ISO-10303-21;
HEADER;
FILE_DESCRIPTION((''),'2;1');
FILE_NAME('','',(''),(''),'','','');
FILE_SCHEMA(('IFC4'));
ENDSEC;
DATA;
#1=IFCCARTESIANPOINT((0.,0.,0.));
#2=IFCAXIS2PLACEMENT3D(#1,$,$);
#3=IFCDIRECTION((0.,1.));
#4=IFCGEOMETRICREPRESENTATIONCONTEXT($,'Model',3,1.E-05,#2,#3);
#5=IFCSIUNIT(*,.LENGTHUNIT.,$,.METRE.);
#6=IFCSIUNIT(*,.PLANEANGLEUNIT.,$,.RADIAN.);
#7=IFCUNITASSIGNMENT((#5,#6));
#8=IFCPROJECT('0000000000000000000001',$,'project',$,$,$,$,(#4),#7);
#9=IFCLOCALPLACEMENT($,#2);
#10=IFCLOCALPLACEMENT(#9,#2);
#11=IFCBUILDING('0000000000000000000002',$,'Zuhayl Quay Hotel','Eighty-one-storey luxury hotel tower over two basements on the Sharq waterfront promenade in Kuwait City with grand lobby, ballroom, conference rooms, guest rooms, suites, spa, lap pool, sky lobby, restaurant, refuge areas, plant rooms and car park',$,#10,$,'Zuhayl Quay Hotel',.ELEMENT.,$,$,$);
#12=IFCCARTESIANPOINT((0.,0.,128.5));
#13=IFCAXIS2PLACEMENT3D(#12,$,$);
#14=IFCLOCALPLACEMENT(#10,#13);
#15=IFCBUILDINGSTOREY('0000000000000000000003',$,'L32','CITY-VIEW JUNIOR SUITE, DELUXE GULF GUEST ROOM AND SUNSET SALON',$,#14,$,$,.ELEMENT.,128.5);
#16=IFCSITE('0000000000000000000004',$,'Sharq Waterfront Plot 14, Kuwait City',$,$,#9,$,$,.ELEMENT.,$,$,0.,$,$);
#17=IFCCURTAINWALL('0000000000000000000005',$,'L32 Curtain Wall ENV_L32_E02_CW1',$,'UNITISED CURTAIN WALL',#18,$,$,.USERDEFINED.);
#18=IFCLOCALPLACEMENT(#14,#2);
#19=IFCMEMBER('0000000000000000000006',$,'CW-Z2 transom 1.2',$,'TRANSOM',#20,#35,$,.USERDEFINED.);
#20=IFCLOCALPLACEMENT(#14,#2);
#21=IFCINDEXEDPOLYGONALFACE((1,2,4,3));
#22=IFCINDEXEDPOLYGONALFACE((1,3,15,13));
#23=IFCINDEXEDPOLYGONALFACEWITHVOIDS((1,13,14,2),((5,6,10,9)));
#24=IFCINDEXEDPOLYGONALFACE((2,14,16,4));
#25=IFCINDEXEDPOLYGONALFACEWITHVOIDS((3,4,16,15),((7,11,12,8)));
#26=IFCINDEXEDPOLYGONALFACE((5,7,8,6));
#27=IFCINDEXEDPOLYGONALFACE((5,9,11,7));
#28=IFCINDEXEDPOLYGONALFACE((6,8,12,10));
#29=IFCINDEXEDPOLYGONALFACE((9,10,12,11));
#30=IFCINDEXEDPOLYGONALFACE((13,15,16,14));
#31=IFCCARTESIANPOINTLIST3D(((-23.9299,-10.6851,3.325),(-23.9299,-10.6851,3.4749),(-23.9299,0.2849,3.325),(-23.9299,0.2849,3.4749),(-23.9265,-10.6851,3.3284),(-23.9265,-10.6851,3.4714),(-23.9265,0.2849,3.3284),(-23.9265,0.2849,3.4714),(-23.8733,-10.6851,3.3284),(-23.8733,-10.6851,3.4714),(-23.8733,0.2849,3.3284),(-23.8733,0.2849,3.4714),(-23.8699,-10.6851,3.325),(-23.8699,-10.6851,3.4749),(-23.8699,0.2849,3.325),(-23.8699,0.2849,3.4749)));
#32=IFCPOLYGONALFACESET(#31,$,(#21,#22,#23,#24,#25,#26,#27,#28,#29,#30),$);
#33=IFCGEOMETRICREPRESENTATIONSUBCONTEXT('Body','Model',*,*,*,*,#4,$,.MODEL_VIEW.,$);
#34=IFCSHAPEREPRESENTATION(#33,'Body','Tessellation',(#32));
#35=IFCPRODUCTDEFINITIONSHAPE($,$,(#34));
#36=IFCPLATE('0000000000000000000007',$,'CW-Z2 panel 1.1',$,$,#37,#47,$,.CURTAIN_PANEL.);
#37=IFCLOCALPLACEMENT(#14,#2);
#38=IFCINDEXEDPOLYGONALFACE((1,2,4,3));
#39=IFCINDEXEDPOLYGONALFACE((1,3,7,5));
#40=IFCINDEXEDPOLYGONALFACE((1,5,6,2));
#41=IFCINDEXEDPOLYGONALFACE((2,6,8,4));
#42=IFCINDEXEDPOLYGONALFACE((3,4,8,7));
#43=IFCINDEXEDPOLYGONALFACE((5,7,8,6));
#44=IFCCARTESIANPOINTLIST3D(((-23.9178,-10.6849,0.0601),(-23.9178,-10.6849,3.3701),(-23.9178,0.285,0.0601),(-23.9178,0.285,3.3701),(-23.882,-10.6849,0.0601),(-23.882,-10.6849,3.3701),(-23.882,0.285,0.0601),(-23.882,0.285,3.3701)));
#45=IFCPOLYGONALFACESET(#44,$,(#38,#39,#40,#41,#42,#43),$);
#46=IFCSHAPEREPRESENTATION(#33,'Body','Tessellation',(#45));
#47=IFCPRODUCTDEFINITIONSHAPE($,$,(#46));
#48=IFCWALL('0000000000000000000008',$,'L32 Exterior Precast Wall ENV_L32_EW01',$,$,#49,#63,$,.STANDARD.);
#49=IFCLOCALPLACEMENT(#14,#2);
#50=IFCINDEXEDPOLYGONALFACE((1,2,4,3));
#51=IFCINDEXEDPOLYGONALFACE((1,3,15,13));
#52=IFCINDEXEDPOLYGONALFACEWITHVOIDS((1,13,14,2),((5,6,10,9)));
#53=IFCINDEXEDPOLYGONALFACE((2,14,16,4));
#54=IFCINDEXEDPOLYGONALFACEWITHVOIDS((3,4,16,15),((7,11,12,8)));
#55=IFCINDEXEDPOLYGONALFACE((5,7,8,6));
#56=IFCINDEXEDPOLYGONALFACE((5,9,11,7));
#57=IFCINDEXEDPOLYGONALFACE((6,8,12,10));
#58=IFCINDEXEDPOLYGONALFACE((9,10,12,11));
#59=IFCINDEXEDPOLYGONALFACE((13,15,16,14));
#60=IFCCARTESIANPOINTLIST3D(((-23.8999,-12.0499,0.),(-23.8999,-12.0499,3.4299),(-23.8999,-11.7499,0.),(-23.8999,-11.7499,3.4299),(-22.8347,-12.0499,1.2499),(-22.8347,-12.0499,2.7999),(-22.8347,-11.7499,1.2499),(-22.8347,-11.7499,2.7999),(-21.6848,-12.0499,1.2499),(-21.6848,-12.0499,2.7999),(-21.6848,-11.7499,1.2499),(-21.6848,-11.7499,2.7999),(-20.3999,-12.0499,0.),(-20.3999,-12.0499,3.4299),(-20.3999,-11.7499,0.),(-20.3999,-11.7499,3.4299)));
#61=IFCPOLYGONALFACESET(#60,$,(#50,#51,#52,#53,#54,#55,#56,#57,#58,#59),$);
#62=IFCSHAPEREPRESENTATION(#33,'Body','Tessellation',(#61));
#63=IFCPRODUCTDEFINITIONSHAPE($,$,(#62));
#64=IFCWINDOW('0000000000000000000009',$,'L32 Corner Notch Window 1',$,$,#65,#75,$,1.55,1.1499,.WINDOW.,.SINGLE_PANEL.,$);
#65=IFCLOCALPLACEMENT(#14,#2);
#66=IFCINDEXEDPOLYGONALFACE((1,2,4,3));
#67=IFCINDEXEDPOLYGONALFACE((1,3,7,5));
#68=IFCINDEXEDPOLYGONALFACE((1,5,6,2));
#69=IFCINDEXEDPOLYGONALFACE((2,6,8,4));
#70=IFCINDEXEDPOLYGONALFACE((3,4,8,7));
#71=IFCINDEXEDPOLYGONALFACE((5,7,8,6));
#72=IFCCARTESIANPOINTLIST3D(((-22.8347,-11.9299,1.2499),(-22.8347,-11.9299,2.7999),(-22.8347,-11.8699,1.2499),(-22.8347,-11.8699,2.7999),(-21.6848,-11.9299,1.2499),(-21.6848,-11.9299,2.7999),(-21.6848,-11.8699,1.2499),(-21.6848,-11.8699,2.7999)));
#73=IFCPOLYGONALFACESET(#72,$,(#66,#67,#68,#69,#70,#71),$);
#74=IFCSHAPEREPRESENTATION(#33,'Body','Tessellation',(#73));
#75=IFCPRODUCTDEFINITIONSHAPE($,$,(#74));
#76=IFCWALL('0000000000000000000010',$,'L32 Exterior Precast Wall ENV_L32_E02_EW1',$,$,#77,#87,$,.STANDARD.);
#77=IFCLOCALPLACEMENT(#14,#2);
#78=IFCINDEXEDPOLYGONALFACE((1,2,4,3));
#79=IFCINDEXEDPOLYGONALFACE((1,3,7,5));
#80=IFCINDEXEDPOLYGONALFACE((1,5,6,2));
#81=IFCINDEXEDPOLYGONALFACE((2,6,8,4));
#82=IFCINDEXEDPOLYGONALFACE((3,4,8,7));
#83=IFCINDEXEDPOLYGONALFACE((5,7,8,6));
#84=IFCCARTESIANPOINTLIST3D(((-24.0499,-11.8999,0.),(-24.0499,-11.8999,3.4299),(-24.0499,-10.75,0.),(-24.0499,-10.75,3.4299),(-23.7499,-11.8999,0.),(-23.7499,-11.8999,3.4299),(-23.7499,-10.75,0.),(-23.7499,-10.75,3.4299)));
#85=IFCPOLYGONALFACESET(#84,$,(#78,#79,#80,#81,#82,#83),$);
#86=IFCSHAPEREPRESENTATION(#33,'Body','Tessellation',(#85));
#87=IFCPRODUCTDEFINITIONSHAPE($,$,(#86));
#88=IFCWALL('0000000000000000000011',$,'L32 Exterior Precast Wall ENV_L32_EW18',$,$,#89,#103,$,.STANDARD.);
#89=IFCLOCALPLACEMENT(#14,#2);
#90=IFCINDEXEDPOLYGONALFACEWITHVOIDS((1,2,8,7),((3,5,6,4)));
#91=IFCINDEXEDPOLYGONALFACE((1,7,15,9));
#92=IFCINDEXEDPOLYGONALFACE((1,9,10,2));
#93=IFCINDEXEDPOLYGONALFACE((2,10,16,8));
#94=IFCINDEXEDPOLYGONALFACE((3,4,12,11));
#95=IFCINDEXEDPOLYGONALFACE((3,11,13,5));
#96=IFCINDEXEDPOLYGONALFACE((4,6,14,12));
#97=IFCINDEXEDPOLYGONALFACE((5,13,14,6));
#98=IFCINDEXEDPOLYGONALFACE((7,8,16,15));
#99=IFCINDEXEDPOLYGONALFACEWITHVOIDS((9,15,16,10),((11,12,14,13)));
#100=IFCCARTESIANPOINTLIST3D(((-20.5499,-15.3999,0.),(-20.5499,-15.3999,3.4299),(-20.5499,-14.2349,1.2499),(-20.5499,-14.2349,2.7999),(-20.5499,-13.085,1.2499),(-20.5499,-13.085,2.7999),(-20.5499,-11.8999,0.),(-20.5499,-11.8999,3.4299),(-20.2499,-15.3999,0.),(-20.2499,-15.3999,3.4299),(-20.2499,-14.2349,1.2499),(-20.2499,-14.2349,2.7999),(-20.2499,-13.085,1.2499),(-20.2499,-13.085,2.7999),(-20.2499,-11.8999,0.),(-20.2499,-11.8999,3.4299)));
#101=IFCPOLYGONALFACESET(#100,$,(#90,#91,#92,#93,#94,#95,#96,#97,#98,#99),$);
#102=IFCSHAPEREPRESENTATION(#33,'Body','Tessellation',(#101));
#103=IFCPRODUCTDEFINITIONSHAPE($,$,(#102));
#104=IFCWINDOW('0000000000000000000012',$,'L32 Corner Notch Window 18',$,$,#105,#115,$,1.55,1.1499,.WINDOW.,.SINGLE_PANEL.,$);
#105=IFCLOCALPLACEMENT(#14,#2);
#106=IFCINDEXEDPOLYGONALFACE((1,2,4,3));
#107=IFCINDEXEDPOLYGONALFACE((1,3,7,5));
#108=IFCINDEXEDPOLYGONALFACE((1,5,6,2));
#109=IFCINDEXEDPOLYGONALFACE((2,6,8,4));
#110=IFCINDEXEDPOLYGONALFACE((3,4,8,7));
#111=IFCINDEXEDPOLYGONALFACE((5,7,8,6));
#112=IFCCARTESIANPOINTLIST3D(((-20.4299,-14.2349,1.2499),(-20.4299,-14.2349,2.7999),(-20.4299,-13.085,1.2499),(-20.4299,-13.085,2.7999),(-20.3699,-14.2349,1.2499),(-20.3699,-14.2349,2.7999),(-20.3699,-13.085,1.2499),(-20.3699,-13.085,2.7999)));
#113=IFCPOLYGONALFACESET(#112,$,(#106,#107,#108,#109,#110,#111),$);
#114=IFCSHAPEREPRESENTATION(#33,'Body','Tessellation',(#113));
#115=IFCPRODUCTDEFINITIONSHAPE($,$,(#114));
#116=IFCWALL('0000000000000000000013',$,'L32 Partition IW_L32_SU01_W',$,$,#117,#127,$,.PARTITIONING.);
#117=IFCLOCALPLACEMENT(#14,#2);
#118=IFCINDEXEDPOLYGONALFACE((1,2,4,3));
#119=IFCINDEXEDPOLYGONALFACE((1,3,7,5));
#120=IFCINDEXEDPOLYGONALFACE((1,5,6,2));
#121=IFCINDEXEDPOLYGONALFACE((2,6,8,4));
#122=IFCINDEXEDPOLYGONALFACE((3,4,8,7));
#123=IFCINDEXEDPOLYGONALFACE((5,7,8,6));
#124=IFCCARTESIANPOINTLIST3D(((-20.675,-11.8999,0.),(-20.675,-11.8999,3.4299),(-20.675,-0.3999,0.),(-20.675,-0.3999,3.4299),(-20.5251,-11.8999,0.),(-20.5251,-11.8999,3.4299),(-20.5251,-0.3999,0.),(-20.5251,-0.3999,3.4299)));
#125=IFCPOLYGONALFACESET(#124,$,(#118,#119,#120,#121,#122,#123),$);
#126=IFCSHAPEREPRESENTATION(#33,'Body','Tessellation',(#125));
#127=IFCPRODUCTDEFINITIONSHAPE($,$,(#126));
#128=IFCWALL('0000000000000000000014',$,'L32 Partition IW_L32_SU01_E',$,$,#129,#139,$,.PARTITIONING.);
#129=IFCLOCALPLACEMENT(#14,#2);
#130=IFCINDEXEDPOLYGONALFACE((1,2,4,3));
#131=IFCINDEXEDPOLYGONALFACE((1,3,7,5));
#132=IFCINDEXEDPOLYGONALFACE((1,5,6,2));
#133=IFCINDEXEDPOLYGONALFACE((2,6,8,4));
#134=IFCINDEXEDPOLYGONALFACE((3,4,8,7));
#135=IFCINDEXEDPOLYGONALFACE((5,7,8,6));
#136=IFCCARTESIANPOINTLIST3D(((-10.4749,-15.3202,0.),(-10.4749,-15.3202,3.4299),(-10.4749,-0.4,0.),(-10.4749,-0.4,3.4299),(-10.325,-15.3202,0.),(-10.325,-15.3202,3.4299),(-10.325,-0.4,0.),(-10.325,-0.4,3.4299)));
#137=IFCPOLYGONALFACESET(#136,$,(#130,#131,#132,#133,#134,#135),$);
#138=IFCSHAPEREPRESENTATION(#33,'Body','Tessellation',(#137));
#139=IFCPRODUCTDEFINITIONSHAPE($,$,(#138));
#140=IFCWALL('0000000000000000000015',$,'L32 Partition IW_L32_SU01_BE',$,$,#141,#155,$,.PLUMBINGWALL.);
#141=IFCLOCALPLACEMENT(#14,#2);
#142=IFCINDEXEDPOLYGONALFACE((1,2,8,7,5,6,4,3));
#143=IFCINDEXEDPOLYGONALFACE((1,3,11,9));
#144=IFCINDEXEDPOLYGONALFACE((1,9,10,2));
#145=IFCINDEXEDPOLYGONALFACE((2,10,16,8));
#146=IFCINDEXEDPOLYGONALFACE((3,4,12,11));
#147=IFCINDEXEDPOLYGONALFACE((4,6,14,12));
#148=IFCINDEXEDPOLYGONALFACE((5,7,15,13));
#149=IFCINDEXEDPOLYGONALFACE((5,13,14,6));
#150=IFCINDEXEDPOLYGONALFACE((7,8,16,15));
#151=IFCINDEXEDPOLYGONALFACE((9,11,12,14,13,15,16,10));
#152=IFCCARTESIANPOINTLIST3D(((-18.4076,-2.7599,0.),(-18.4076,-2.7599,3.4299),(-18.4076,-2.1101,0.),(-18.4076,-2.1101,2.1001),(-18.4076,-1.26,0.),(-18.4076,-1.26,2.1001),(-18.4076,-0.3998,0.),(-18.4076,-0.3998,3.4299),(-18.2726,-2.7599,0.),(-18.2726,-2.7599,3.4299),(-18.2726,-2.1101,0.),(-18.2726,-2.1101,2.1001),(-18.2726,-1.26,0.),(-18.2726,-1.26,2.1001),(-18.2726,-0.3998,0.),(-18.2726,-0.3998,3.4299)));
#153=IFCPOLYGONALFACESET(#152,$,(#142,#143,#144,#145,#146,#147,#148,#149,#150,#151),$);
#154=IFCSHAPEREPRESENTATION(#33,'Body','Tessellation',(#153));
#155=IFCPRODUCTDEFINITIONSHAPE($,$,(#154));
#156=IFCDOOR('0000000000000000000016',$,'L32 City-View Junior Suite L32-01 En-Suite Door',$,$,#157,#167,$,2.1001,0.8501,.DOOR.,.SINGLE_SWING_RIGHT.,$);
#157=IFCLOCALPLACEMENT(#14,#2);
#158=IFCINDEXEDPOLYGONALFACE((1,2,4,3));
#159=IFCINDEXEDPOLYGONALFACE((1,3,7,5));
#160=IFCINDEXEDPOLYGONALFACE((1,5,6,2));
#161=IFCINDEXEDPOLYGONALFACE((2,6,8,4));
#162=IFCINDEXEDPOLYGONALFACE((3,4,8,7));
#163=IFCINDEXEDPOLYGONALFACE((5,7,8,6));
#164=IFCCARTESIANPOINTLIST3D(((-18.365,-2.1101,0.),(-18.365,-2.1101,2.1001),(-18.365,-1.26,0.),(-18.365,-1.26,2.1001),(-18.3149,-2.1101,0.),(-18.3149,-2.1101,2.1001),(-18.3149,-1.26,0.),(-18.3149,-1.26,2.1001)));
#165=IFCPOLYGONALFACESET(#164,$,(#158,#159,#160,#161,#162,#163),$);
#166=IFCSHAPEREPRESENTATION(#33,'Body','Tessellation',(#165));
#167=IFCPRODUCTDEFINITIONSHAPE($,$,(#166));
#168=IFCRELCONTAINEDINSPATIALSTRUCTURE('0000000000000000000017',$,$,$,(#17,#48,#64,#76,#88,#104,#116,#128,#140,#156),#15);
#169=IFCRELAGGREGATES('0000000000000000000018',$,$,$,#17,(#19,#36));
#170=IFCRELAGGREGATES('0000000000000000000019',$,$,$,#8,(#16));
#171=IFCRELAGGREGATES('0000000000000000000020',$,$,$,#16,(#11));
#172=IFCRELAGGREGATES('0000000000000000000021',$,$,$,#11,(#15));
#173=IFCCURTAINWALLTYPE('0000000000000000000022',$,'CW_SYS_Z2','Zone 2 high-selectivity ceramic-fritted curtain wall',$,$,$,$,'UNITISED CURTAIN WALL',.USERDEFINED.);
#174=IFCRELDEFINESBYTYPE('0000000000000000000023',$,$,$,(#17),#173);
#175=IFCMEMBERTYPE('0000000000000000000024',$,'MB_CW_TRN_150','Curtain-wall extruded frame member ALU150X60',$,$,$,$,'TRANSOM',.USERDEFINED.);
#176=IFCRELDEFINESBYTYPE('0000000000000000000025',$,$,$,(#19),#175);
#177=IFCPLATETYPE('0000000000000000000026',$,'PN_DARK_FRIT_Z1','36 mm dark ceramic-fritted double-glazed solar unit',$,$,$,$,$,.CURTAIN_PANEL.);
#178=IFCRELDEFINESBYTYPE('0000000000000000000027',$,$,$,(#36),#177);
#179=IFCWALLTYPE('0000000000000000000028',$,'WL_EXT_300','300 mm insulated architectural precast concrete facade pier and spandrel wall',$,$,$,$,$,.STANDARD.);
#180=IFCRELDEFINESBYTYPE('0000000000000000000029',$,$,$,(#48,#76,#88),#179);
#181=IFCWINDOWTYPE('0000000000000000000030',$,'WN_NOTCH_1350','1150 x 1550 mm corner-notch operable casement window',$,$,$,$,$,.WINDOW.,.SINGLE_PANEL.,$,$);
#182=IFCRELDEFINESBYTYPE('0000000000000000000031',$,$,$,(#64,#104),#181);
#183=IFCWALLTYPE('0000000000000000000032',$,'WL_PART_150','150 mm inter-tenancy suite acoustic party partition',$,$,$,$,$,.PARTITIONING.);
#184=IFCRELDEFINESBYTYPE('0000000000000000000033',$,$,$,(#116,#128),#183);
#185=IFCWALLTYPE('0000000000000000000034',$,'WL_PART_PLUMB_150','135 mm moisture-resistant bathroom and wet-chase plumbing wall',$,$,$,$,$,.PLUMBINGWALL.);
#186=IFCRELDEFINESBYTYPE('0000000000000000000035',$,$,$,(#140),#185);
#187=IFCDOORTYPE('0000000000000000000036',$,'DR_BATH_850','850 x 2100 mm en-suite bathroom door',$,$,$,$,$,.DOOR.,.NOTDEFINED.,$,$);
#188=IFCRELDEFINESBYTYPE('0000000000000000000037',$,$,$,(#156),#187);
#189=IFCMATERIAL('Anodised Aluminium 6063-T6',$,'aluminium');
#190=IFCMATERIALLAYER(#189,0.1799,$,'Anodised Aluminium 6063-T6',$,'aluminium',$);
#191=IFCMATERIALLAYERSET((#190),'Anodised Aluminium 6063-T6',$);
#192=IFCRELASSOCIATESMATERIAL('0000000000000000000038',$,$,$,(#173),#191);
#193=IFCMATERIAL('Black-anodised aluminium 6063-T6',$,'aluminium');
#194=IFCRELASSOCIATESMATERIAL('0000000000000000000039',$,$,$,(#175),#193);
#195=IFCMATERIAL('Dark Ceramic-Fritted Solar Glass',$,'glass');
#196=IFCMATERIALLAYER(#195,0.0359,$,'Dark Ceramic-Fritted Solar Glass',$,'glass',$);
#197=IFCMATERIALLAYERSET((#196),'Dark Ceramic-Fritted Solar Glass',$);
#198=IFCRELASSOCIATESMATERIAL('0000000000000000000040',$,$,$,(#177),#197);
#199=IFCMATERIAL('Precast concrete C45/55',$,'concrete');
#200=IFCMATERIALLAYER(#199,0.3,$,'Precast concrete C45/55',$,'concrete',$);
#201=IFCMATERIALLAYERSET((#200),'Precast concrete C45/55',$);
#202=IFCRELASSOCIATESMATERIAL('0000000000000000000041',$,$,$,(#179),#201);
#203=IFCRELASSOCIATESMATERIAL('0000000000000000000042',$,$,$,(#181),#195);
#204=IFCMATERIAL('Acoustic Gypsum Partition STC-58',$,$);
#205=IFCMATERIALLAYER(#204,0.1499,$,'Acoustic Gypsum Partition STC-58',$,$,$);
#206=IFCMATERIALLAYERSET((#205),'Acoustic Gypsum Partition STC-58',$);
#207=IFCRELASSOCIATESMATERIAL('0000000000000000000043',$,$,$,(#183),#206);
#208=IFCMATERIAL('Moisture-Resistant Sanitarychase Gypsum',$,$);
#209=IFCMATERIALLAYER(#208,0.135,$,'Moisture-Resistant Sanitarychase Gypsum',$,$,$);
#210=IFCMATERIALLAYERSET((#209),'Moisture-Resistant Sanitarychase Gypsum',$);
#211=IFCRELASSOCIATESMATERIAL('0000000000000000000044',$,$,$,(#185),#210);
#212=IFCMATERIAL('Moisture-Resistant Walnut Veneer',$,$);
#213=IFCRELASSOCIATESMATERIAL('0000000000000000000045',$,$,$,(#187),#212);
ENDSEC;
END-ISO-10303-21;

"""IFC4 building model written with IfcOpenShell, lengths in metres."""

from ifc_helpers import new_model, si_unit, direction, frame, frame_2d, origin, origin_2d, place, context, subcontext, project, spatial, rectangle, hollow_rectangle, extrude, material, layer, layer_set, material_profile, profile_set, type_object, element, fill, aggregate, save


model = new_model("IFC4")

# Units and contexts
model_context = context("Model", 3, precision=1e-05, world=origin(), true_north=direction((0.0, 1.0)))
body_context = subcontext(model_context, "Body", "Model", "MODEL_VIEW")
ifc_project = project(units=[si_unit("LENGTHUNIT", "METRE"), si_unit("PLANEANGLEUNIT", "RADIAN")], contexts=[model_context])

# Site, building, storey
site_placement = place(None, origin())
site = spatial("IfcSite", under=ifc_project, at=site_placement, Name="Sharq Waterfront Plot 14, Kuwait City", CompositionType="ELEMENT", RefElevation=0.0)
building_placement = place(site_placement, origin())
building = spatial("IfcBuilding", under=site, at=building_placement, Name="Zuhayl Quay Hotel", Description="Eighty-one-storey luxury hotel tower over two basements on the Sharq waterfront promenade in Kuwait City with grand lobby, ballroom, conference rooms, guest rooms, suites, spa, lap pool, sky lobby, restaurant, refuge areas, plant rooms and car park", LongName="Zuhayl Quay Hotel", CompositionType="ELEMENT")
storey_placement = place(building_placement, frame((0.0, 0.0, 128.5)))
storey = spatial("IfcBuildingStorey", under=building, at=storey_placement, Name="L32", Description="CITY-VIEW JUNIOR SUITE, DELUXE GULF GUEST ROOM AND SUNSET SALON", CompositionType="ELEMENT", Elevation=128.5)

# Curtain wall, member, plate
ifc_material_1 = material(Name="Anodised Aluminium 6063-T6", Category="aluminium")
ifc_layer_1 = layer(ifc_material_1, 0.1799, Name="Anodised Aluminium 6063-T6", Category="aluminium")
ifc_layer_set_1 = layer_set([ifc_layer_1], Name="Anodised Aluminium 6063-T6")
curtain_wall_type = type_object("IfcCurtainWallType", Name="CW_SYS_Z2", Description="Zone 2 high-selectivity ceramic-fritted curtain wall", ElementType="UNITISED CURTAIN WALL", PredefinedType="USERDEFINED", material=ifc_layer_set_1)
curtain_wall_placement = place(storey_placement, origin())
curtain_wall = element("IfcCurtainWall", 1, at=curtain_wall_placement, inside=storey, type_object=curtain_wall_type, Name="L32 Curtain Wall ENV_L32_E02_CW1", ObjectType="UNITISED CURTAIN WALL", PredefinedType="USERDEFINED")
ifc_material_2 = material(Name="Black-anodised aluminium 6063-T6", Category="aluminium")
ifc_material_profile_1 = material_profile(ifc_material_2, hollow_rectangle(XDim=0.0601, YDim=0.1499, WallThickness=0.0034, at=origin_2d()), Name="ALU150X60")
ifc_profile_set_1 = profile_set([ifc_material_profile_1], Name="Black-anodised aluminium 6063-T6")
member_type_1 = type_object("IfcMemberType", Name="MB_CW_TRN_150", Description="Curtain-wall extruded frame member ALU150X60", ElementType="TRANSOM", PredefinedType="USERDEFINED", material=ifc_profile_set_1)
member_1_placement = place(storey_placement, frame((-23.8999, -10.6851, 3.3999), z_axis=(0.0, 1.0, 0.0), x_axis=(-1.0, 0.0, 0.0)))
member_1 = element("IfcMember", 2, at=member_1_placement, type_object=member_type_1, Name="CW-Z2 transom 1.2", ObjectType="TRANSOM", PredefinedType="USERDEFINED", context=body_context, shape_type="SweptSolid", body=[
    extrude(hollow_rectangle(XDim=0.0601, YDim=0.1499, WallThickness=0.0034, at=origin_2d()), origin(), (0.0, 0.0, 1.0), 10.97),
])
ifc_material_3 = material(Name="Dark Ceramic-Fritted Solar Glass", Category="glass")
ifc_layer_2 = layer(ifc_material_3, 0.0359, Name="Dark Ceramic-Fritted Solar Glass", Category="glass")
ifc_layer_set_2 = layer_set([ifc_layer_2], Name="Dark Ceramic-Fritted Solar Glass")
plate_type = type_object("IfcPlateType", Name="PN_DARK_FRIT_Z1", Description="36 mm dark ceramic-fritted double-glazed solar unit", PredefinedType="CURTAIN_PANEL", material=ifc_layer_set_2)
plate_placement = place(storey_placement, frame((-23.8999, -5.2, 0.0601), z_axis=(0.0, 0.0, 1.0), x_axis=(0.0, 1.0, 0.0)))
plate = element("IfcPlate", 3, at=plate_placement, type_object=plate_type, Name="CW-Z2 panel 1.1", PredefinedType="CURTAIN_PANEL", context=body_context, shape_type="SweptSolid", body=[
    extrude(rectangle(XDim=10.97, YDim=0.0359, at=origin_2d()), origin(), (0.0, 0.0, 1.0), 3.3101),
])
aggregate(curtain_wall, [member_1, plate])

# Wall, opening, window
ifc_material_4 = material(Name="Precast concrete C45/55", Category="concrete")
ifc_layer_3 = layer(ifc_material_4, 0.3, Name="Precast concrete C45/55", Category="concrete")
ifc_layer_set_3 = layer_set([ifc_layer_3], Name="Precast concrete C45/55")
wall_type_1 = type_object("IfcWallType", Name="WL_EXT_300", Description="300 mm insulated architectural precast concrete facade pier and spandrel wall", PredefinedType="STANDARD", material=ifc_layer_set_3)
wall_1_placement = place(storey_placement, frame((-20.3999, -11.8999, 0.0), z_axis=(0.0, 0.0, 1.0), x_axis=(-1.0, 0.0, 0.0)))
wall_1 = element("IfcWall", 4, at=wall_1_placement, inside=storey, type_object=wall_type_1, Name="L32 Exterior Precast Wall ENV_L32_EW01", PredefinedType="STANDARD", context=body_context, shape_type="SweptSolid", body=[
    extrude(rectangle(XDim=3.5, YDim=0.3, at=frame_2d((1.75, 0.0))), origin(), (0.0, 0.0, 1.0), 3.4299),
])
opening_1_placement = place(wall_1_placement, frame((1.2849, 0.0, 1.25)))
opening_1 = element("IfcOpeningElement", 5, at=opening_1_placement, cuts=wall_1, PredefinedType="OPENING", context=body_context, shape_type="SweptSolid", body=[
    extrude(rectangle(XDim=1.1499, YDim=1.55, at=frame_2d((0.575, 0.7749))), frame((0.0, 0.1599, 0.0), z_axis=(0.0, -1.0, 0.0), x_axis=(1.0, 0.0, 0.0)), (0.0, 0.0, 1.0), 0.3201),
])
window_type = type_object("IfcWindowType", Name="WN_NOTCH_1350", Description="1150 x 1550 mm corner-notch operable casement window", PartitioningType="SINGLE_PANEL", PredefinedType="WINDOW", material=ifc_material_3)
window_1_placement = place(opening_1_placement, origin())
window_1 = element("IfcWindow", 6, at=window_1_placement, inside=storey, type_object=window_type, Name="L32 Corner Notch Window 1", OverallHeight=1.55, OverallWidth=1.1499, PartitioningType="SINGLE_PANEL", PredefinedType="WINDOW", context=body_context, shape_type="SweptSolid", body=[
    extrude(rectangle(XDim=1.1499, YDim=1.55, at=frame_2d((0.575, 0.7749))), frame((0.0, 0.03, 0.0), z_axis=(0.0, -1.0, 0.0), x_axis=(1.0, 0.0, 0.0)), (0.0, 0.0, 1.0), 0.0601),
])
fill(opening_1, window_1)

# Wall
wall_2_placement = place(storey_placement, frame((-23.8999, -11.8999, 0.0), z_axis=(0.0, 0.0, 1.0), x_axis=(0.0, 1.0, 0.0)))
element("IfcWall", 7, at=wall_2_placement, inside=storey, type_object=wall_type_1, Name="L32 Exterior Precast Wall ENV_L32_E02_EW1", PredefinedType="STANDARD", context=body_context, shape_type="SweptSolid", body=[
    extrude(rectangle(XDim=1.1499, YDim=0.3, at=frame_2d((0.575, 0.0))), origin(), (0.0, 0.0, 1.0), 3.4299),
])

# Wall, opening, window
wall_3_placement = place(storey_placement, frame((-20.3999, -15.3999, 0.0), z_axis=(0.0, 0.0, 1.0), x_axis=(0.0, 1.0, 0.0)))
wall_3 = element("IfcWall", 8, at=wall_3_placement, inside=storey, type_object=wall_type_1, Name="L32 Exterior Precast Wall ENV_L32_EW18", PredefinedType="STANDARD", context=body_context, shape_type="SweptSolid", body=[
    extrude(rectangle(XDim=3.5, YDim=0.3, at=frame_2d((1.75, 0.0))), origin(), (0.0, 0.0, 1.0), 3.4299),
])
opening_2_placement = place(wall_3_placement, frame((1.165, 0.0, 1.25)))
opening_2 = element("IfcOpeningElement", 9, at=opening_2_placement, cuts=wall_3, PredefinedType="OPENING", context=body_context, shape_type="SweptSolid", body=[
    extrude(rectangle(XDim=1.1499, YDim=1.55, at=frame_2d((0.575, 0.7749))), frame((0.0, 0.1599, 0.0), z_axis=(0.0, -1.0, 0.0), x_axis=(1.0, 0.0, 0.0)), (0.0, 0.0, 1.0), 0.3201),
])
window_2_placement = place(opening_2_placement, origin())
window_2 = element("IfcWindow", 10, at=window_2_placement, inside=storey, type_object=window_type, Name="L32 Corner Notch Window 18", OverallHeight=1.55, OverallWidth=1.1499, PartitioningType="SINGLE_PANEL", PredefinedType="WINDOW", context=body_context, shape_type="SweptSolid", body=[
    extrude(rectangle(XDim=1.1499, YDim=1.55, at=frame_2d((0.575, 0.7749))), frame((0.0, 0.03, 0.0), z_axis=(0.0, -1.0, 0.0), x_axis=(1.0, 0.0, 0.0)), (0.0, 0.0, 1.0), 0.0601),
])
fill(opening_2, window_2)

# Walls
ifc_material_5 = material(Name="Acoustic Gypsum Partition STC-58")
ifc_layer_4 = layer(ifc_material_5, 0.1499, Name="Acoustic Gypsum Partition STC-58")
ifc_layer_set_4 = layer_set([ifc_layer_4], Name="Acoustic Gypsum Partition STC-58")
wall_type_2 = type_object("IfcWallType", Name="WL_PART_150", Description="150 mm inter-tenancy suite acoustic party partition", PredefinedType="PARTITIONING", material=ifc_layer_set_4)
wall_4_placement = place(storey_placement, frame((-20.6001, -11.8999, 0.0), z_axis=(0.0, 0.0, 1.0), x_axis=(0.0, 1.0, 0.0)))
element("IfcWall", 11, at=wall_4_placement, inside=storey, type_object=wall_type_2, Name="L32 Partition IW_L32_SU01_W", PredefinedType="PARTITIONING", context=body_context, shape_type="SweptSolid", body=[
    extrude(rectangle(XDim=11.5, YDim=0.1499, at=frame_2d((5.75, 0.0))), origin(), (0.0, 0.0, 1.0), 3.4299),
])
wall_5_placement = place(storey_placement, frame((-10.3999, -15.3201, 0.0), z_axis=(0.0, 0.0, 1.0), x_axis=(0.0, 1.0, 0.0)))
element("IfcWall", 12, at=wall_5_placement, inside=storey, type_object=wall_type_2, Name="L32 Partition IW_L32_SU01_E", PredefinedType="PARTITIONING", context=body_context, shape_type="SweptSolid", body=[
    extrude(rectangle(XDim=14.9202, YDim=0.1499, at=frame_2d((7.46, 0.0))), origin(), (0.0, 0.0, 1.0), 3.4299),
])

# Wall, opening, door
ifc_material_6 = material(Name="Moisture-Resistant Sanitarychase Gypsum")
ifc_layer_5 = layer(ifc_material_6, 0.135, Name="Moisture-Resistant Sanitarychase Gypsum")
ifc_layer_set_5 = layer_set([ifc_layer_5], Name="Moisture-Resistant Sanitarychase Gypsum")
wall_type_3 = type_object("IfcWallType", Name="WL_PART_PLUMB_150", Description="135 mm moisture-resistant bathroom and wet-chase plumbing wall", PredefinedType="PLUMBINGWALL", material=ifc_layer_set_5)
wall_6_placement = place(storey_placement, frame((-18.3401, -2.76, 0.0), z_axis=(0.0, 0.0, 1.0), x_axis=(0.0, 1.0, 0.0)))
wall_6 = element("IfcWall", 13, at=wall_6_placement, inside=storey, type_object=wall_type_3, Name="L32 Partition IW_L32_SU01_BE", PredefinedType="PLUMBINGWALL", context=body_context, shape_type="SweptSolid", body=[
    extrude(rectangle(XDim=2.3601, YDim=0.135, at=frame_2d((1.1802, 0.0))), origin(), (0.0, 0.0, 1.0), 3.4299),
])
opening_3_placement = place(wall_6_placement, frame((0.6499, 0.0, 0.0)))
opening_3 = element("IfcOpeningElement", 14, at=opening_3_placement, cuts=wall_6, PredefinedType="OPENING", context=body_context, shape_type="SweptSolid", body=[
    extrude(rectangle(XDim=0.8501, YDim=2.1001, at=frame_2d((0.425, 1.05))), frame((0.0, 0.0774, 0.0), z_axis=(0.0, -1.0, 0.0), x_axis=(1.0, 0.0, 0.0)), (0.0, 0.0, 1.0), 0.155),
])
ifc_material_7 = material(Name="Moisture-Resistant Walnut Veneer")
door_type = type_object("IfcDoorType", Name="DR_BATH_850", Description="850 x 2100 mm en-suite bathroom door", OperationType="NOTDEFINED", PredefinedType="DOOR", material=ifc_material_7)
door_placement = place(opening_3_placement, origin())
door = element("IfcDoor", 15, at=door_placement, inside=storey, type_object=door_type, Name="L32 City-View Junior Suite L32-01 En-Suite Door", OperationType="SINGLE_SWING_RIGHT", OverallHeight=2.1001, OverallWidth=0.8501, PredefinedType="DOOR", context=body_context, shape_type="SweptSolid", body=[
    extrude(rectangle(XDim=0.8501, YDim=2.1001, at=frame_2d((0.425, 1.05))), frame((0.0, 0.0249, 0.0), z_axis=(0.0, -1.0, 0.0), x_axis=(1.0, 0.0, 0.0)), (0.0, 0.0, 1.0), 0.05),
])
fill(opening_3, door)

save(model, "model.ifc")
